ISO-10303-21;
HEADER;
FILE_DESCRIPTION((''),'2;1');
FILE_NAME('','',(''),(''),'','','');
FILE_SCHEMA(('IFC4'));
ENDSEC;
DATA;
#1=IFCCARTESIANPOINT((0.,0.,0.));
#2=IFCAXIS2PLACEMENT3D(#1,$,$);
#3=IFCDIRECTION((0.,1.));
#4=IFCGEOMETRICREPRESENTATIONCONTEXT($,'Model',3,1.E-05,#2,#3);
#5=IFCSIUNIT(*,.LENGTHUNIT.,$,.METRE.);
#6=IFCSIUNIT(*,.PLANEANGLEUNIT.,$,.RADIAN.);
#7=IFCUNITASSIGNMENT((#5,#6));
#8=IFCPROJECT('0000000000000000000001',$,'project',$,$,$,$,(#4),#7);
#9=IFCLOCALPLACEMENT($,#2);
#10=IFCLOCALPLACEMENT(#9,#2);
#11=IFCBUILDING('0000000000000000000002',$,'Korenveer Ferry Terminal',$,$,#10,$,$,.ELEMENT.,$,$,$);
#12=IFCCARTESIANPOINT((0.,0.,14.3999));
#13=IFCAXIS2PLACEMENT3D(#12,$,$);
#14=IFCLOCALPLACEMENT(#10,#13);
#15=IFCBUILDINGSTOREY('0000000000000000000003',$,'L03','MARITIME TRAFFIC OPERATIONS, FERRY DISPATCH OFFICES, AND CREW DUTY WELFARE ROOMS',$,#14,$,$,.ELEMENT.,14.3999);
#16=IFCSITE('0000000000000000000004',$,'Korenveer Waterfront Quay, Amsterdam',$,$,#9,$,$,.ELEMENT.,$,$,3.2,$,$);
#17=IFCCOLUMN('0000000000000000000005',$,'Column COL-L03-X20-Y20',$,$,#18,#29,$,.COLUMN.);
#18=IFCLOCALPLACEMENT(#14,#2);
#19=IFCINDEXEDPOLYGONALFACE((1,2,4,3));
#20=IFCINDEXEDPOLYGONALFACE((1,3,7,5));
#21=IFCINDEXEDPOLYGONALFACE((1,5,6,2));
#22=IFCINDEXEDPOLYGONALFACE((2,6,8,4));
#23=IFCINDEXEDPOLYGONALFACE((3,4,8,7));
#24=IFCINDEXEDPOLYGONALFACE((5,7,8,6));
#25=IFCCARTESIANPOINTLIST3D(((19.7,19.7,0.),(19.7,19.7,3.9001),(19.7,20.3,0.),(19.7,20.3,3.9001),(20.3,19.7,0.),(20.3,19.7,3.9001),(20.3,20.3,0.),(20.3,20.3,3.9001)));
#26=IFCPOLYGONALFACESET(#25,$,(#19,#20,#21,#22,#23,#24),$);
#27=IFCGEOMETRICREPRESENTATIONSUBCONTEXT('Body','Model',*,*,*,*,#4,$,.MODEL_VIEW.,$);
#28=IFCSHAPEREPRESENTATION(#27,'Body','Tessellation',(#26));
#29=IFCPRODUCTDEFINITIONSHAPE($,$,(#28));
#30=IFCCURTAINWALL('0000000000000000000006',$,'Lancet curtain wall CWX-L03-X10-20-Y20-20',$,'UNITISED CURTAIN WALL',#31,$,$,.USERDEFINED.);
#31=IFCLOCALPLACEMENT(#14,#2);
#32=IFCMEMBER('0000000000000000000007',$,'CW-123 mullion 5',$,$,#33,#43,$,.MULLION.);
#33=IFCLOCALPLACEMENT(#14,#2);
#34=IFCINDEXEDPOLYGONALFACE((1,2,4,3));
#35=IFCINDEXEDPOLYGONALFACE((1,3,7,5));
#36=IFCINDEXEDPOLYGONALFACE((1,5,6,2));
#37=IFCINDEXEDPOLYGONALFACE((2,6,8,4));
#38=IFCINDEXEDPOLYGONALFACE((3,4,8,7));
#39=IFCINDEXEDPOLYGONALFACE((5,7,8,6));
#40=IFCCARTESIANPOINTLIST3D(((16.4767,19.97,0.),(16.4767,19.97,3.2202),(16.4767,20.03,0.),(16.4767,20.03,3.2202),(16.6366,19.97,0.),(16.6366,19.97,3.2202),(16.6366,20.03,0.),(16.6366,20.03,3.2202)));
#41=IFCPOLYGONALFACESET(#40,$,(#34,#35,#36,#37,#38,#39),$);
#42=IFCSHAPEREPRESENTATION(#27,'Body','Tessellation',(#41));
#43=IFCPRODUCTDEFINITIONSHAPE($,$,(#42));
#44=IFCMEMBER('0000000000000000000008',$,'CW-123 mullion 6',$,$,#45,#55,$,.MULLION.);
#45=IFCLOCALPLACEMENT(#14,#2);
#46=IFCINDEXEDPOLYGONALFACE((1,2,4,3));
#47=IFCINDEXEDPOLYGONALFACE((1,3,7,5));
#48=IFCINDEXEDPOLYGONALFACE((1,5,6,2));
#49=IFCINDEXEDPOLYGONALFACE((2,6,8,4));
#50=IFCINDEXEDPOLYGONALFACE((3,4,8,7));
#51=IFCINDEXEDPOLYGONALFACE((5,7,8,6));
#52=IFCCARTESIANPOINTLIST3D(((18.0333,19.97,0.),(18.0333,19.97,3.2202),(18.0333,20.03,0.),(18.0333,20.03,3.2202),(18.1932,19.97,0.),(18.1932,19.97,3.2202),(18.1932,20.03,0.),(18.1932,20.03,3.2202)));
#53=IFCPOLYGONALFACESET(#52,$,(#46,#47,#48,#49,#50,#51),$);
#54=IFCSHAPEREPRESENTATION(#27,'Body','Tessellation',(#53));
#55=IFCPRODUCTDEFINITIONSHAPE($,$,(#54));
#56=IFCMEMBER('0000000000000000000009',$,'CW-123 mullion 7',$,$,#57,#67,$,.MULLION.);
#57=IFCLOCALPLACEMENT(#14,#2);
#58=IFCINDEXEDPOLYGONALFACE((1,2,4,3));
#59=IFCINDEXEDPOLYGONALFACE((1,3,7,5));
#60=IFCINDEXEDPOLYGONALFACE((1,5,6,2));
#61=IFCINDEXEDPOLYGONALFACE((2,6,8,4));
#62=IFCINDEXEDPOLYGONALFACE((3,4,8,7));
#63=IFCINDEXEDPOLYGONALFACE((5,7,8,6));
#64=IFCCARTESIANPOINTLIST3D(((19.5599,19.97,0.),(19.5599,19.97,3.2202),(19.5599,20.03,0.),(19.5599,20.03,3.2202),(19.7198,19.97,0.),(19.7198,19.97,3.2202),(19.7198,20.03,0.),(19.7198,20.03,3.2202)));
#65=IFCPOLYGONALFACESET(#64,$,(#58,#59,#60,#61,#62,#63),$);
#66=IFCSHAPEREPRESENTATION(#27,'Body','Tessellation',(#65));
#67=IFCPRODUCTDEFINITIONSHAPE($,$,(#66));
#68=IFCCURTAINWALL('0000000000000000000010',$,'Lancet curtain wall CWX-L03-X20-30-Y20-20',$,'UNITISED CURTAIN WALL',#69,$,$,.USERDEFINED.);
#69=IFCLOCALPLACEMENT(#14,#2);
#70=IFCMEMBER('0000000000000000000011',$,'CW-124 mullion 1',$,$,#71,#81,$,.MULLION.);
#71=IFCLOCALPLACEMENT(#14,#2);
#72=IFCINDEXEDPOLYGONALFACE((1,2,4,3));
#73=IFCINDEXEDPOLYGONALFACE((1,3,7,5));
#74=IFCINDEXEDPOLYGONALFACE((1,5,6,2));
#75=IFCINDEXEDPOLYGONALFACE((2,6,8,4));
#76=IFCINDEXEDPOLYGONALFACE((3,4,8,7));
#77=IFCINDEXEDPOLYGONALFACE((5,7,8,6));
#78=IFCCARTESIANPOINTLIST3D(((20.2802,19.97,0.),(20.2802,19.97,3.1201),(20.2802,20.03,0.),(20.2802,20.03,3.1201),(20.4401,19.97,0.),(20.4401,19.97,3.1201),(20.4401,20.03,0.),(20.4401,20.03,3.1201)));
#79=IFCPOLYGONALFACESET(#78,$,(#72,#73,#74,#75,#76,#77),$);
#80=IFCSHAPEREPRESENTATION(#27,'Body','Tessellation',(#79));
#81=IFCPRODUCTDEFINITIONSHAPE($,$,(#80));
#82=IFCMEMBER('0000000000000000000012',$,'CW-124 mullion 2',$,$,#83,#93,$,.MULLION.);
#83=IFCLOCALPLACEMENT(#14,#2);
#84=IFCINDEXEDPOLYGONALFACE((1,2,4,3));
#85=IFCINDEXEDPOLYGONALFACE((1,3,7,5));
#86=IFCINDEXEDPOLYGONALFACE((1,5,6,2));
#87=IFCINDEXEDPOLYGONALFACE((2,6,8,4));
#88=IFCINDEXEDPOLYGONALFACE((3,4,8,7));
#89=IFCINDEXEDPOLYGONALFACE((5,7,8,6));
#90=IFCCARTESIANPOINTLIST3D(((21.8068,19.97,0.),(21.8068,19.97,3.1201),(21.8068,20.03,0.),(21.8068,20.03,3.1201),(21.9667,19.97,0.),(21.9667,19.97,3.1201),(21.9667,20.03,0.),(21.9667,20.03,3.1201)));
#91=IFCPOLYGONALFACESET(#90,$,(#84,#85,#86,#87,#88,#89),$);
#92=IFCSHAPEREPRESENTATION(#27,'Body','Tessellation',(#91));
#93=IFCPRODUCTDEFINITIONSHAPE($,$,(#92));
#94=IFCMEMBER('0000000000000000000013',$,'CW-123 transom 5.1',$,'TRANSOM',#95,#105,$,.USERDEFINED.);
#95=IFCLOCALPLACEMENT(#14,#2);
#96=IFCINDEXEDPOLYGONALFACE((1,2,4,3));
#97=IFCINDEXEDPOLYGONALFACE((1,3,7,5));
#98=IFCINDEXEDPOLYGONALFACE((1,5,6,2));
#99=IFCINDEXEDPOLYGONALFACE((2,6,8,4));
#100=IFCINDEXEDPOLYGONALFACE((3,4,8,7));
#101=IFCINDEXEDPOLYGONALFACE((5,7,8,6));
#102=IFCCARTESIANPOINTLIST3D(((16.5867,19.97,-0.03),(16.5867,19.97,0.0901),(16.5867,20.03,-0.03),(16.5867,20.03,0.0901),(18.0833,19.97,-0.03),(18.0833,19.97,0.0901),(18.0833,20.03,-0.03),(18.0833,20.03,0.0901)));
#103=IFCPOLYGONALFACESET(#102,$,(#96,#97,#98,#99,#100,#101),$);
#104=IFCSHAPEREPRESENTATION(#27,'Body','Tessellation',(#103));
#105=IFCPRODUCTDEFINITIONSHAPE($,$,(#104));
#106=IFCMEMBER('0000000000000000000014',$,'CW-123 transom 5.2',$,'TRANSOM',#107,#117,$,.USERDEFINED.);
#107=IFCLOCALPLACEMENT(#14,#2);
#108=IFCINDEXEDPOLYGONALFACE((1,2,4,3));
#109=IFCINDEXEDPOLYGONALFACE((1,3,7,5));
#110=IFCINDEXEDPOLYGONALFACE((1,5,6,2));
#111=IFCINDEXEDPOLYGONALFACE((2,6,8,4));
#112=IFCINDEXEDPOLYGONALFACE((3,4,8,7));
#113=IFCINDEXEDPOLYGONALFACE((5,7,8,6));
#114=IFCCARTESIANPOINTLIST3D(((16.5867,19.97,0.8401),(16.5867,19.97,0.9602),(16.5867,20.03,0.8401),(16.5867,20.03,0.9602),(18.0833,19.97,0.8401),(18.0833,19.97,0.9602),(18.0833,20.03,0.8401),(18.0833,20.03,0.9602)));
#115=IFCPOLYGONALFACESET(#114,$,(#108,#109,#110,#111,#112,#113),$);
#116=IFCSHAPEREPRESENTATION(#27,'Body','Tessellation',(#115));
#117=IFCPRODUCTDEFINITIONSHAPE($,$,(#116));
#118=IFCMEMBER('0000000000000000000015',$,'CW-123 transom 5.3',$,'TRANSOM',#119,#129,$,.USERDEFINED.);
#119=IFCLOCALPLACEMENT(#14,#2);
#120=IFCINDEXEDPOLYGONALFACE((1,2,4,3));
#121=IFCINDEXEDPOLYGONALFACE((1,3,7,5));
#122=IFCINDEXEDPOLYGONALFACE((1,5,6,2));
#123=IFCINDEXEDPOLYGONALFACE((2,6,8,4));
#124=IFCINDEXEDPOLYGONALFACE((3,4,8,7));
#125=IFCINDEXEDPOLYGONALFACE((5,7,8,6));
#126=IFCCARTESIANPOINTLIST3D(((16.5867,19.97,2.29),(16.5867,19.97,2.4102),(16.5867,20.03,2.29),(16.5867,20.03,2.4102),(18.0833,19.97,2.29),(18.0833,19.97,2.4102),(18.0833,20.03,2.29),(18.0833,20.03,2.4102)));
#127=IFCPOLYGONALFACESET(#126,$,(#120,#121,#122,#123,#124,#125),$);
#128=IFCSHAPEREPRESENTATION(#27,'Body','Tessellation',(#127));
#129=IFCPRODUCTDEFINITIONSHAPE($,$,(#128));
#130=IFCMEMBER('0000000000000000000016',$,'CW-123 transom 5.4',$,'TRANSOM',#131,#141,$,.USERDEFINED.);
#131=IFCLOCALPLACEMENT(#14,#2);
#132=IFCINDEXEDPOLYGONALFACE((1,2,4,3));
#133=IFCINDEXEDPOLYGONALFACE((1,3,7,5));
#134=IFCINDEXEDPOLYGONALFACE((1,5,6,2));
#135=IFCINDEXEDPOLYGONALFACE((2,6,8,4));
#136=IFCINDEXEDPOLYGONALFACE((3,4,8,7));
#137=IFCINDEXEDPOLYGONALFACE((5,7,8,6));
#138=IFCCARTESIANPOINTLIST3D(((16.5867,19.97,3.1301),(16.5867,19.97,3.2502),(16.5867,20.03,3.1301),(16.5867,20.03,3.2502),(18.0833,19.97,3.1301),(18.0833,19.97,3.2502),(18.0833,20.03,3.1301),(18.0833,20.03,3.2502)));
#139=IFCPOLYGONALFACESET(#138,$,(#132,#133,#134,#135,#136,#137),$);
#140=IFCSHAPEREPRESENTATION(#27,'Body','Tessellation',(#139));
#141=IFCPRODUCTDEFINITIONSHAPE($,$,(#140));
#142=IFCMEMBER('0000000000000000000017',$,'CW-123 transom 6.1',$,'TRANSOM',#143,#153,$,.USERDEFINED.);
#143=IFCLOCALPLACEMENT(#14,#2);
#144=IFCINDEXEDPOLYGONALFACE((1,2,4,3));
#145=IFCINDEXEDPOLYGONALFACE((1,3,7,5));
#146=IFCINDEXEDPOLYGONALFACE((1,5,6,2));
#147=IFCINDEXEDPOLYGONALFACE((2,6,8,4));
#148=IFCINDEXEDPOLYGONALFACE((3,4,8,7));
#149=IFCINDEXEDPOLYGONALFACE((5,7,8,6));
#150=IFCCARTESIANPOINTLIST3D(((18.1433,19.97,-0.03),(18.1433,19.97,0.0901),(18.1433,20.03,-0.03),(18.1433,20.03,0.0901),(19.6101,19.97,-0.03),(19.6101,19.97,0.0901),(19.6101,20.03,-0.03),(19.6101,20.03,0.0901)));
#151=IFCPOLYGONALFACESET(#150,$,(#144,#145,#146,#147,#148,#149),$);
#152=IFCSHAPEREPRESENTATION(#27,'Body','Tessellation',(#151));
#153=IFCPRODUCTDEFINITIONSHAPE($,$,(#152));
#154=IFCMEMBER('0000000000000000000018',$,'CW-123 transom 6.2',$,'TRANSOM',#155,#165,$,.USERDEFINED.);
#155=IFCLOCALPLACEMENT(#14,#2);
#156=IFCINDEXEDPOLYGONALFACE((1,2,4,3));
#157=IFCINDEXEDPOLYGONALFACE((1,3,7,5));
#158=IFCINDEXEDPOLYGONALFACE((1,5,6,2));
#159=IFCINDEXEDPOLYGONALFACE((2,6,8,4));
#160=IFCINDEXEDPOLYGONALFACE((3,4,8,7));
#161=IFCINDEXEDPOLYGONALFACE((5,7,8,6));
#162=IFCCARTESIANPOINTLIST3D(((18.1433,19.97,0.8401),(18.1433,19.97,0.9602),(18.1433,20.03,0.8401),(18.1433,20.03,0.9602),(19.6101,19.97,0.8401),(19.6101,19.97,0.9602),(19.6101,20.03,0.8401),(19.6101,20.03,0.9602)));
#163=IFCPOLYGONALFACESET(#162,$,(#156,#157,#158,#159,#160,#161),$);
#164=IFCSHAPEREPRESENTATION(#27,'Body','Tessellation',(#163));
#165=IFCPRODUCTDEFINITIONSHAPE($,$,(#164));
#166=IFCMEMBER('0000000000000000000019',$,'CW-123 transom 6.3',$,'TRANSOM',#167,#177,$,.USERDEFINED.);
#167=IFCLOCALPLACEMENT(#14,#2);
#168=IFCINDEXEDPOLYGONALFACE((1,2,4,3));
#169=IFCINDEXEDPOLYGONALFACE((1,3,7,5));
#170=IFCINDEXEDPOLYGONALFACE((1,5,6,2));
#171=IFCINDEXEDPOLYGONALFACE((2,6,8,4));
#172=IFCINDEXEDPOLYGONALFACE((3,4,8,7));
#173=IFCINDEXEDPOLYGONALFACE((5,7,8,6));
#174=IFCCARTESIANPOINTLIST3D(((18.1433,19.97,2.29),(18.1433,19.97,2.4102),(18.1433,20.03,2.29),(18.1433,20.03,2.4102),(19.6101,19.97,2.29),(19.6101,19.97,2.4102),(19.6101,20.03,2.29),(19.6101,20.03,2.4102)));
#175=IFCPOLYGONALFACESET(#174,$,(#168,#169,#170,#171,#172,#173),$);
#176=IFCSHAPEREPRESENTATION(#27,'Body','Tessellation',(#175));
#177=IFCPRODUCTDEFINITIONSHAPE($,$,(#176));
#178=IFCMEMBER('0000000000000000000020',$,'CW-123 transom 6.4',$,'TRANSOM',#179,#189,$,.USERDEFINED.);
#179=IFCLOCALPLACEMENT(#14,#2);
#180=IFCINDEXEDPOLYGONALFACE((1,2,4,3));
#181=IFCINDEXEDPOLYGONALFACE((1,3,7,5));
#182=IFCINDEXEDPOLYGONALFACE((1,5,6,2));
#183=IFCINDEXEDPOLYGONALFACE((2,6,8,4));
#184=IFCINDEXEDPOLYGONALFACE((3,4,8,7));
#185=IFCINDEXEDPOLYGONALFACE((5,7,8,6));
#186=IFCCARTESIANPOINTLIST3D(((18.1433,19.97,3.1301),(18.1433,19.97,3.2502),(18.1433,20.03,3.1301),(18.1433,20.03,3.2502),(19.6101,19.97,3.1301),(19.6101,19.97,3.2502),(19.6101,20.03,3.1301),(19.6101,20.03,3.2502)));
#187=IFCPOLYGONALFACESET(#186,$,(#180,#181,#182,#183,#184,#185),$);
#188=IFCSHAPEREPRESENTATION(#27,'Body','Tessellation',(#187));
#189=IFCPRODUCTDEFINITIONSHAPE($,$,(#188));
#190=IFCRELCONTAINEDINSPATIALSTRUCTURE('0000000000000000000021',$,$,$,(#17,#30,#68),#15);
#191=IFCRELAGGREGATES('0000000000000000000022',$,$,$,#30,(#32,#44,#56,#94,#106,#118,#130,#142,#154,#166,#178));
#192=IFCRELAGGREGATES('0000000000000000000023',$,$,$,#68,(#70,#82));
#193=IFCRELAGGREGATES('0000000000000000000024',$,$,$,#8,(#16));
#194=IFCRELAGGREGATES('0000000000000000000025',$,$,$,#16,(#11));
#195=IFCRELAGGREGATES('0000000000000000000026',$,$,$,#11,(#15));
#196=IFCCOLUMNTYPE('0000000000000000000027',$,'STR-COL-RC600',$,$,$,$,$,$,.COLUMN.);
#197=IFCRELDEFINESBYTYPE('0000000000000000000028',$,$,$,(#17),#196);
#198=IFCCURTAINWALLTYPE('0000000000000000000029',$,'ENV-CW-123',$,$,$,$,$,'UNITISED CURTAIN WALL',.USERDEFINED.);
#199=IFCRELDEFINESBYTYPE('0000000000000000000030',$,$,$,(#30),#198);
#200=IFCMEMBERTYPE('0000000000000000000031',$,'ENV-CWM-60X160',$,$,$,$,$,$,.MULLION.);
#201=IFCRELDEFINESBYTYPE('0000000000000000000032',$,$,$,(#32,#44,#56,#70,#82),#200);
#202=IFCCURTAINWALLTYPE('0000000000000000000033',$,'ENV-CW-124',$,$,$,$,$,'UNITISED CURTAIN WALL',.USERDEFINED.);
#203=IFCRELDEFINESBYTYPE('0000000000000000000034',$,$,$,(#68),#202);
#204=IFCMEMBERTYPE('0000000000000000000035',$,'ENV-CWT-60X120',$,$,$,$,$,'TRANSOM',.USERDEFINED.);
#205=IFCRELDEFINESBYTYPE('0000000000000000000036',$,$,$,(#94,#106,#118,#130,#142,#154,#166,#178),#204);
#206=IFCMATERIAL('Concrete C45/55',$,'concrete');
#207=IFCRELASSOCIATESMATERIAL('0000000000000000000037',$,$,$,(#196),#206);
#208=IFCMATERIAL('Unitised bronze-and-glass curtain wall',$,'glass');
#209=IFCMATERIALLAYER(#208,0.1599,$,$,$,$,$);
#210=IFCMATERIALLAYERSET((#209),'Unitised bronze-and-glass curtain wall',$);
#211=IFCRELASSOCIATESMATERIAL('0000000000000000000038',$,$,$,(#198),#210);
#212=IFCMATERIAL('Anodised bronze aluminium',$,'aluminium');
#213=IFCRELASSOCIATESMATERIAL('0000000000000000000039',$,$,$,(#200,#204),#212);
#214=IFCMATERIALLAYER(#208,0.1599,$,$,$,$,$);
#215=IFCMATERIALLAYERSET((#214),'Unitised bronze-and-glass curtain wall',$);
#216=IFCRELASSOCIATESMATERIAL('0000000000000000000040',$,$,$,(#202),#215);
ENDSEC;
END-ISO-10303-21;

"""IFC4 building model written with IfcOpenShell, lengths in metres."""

from ifc_helpers import new_model, si_unit, direction, frame, origin, origin_2d, place, context, subcontext, project, spatial, rectangle, extrude, material, layer, layer_set, material_profile, profile_set, type_object, element, aggregate, save


model = new_model("IFC4")

# Units and contexts
model_context = context("Model", 3, precision=1e-05, world=origin(), true_north=direction((0.0, 1.0)))
body_context = subcontext(model_context, "Body", "Model", "MODEL_VIEW")
ifc_project = project(units=[si_unit("LENGTHUNIT", "METRE"), si_unit("PLANEANGLEUNIT", "RADIAN")], contexts=[model_context])

# Site, building, storey
site_placement = place(None, origin())
site = spatial("IfcSite", under=ifc_project, at=site_placement, Name="Korenveer Waterfront Quay, Amsterdam", CompositionType="ELEMENT", RefElevation=3.2)
building_placement = place(site_placement, origin())
building = spatial("IfcBuilding", under=site, at=building_placement, Name="Korenveer Ferry Terminal", CompositionType="ELEMENT")
storey_placement = place(building_placement, frame((0.0, 0.0, 14.3999)))
storey = spatial("IfcBuildingStorey", under=building, at=storey_placement, Name="L03", Description="MARITIME TRAFFIC OPERATIONS, FERRY DISPATCH OFFICES, AND CREW DUTY WELFARE ROOMS", CompositionType="ELEMENT", Elevation=14.3999)

# Column
ifc_material_1 = material(Name="Concrete C45/55", Category="concrete")
ifc_material_profile_1 = material_profile(ifc_material_1, rectangle(XDim=0.6001, YDim=0.6001, at=origin_2d()), Name="RC 600x600")
ifc_profile_set_1 = profile_set([ifc_material_profile_1], Name="Concrete C45/55")
column_type = type_object("IfcColumnType", Name="STR-COL-RC600", PredefinedType="COLUMN", material=ifc_profile_set_1)
column_placement = place(storey_placement, frame((20.0, 20.0, 0.0), z_axis=(0.0, 0.0, 1.0), x_axis=(1.0, 0.0, 0.0)))
element("IfcColumn", 1, at=column_placement, inside=storey, type_object=column_type, Name="Column COL-L03-X20-Y20", PredefinedType="COLUMN", context=body_context, shape_type="SweptSolid", body=[
    extrude(rectangle(XDim=0.6001, YDim=0.6001, at=origin_2d()), origin(), (0.0, 0.0, 1.0), 3.9001),
])

# Curtain walls, members
ifc_material_2 = material(Name="Unitised bronze-and-glass curtain wall", Category="glass")
ifc_layer_1 = layer(ifc_material_2, 0.1599)
ifc_layer_set_1 = layer_set([ifc_layer_1], Name="Unitised bronze-and-glass curtain wall")
curtain_wall_type_1 = type_object("IfcCurtainWallType", Name="ENV-CW-123", ElementType="UNITISED CURTAIN WALL", PredefinedType="USERDEFINED", material=ifc_layer_set_1)
curtain_wall_1_placement = place(storey_placement, frame((10.3301, 20.0, 0.0)))
curtain_wall_1 = element("IfcCurtainWall", 2, at=curtain_wall_1_placement, inside=storey, type_object=curtain_wall_type_1, Name="Lancet curtain wall CWX-L03-X10-20-Y20-20", ObjectType="UNITISED CURTAIN WALL", PredefinedType="USERDEFINED")
ifc_material_3 = material(Name="Anodised bronze aluminium", Category="aluminium")
ifc_material_profile_2 = material_profile(ifc_material_3, rectangle(XDim=0.0601, YDim=0.1599, at=origin_2d()), Name="ALU 60x160")
ifc_profile_set_2 = profile_set([ifc_material_profile_2], Name="Anodised bronze aluminium")
member_type_1 = type_object("IfcMemberType", Name="ENV-CWM-60X160", PredefinedType="MULLION", material=ifc_profile_set_2)
member_1_placement = place(storey_placement, frame((16.5566, 20.0, 0.0), z_axis=(0.0, 0.0, 1.0), x_axis=(0.0, 1.0, 0.0)))
member_1 = element("IfcMember", 3, at=member_1_placement, type_object=member_type_1, Name="CW-123 mullion 5", PredefinedType="MULLION", context=body_context, shape_type="SweptSolid", body=[
    extrude(rectangle(XDim=0.0601, YDim=0.1599, at=origin_2d()), origin(), (0.0, 0.0, 1.0), 3.2202),
])
member_2_placement = place(storey_placement, frame((18.1133, 20.0, 0.0), z_axis=(0.0, 0.0, 1.0), x_axis=(0.0, 1.0, 0.0)))
member_2 = element("IfcMember", 4, at=member_2_placement, type_object=member_type_1, Name="CW-123 mullion 6", PredefinedType="MULLION", context=body_context, shape_type="SweptSolid", body=[
    extrude(rectangle(XDim=0.0601, YDim=0.1599, at=origin_2d()), origin(), (0.0, 0.0, 1.0), 3.2202),
])
member_3_placement = place(storey_placement, frame((19.6399, 20.0, 0.0), z_axis=(0.0, 0.0, 1.0), x_axis=(0.0, 1.0, 0.0)))
member_3 = element("IfcMember", 5, at=member_3_placement, type_object=member_type_1, Name="CW-123 mullion 7", PredefinedType="MULLION", context=body_context, shape_type="SweptSolid", body=[
    extrude(rectangle(XDim=0.0601, YDim=0.1599, at=origin_2d()), origin(), (0.0, 0.0, 1.0), 3.2202),
])
ifc_layer_2 = layer(ifc_material_2, 0.1599)
ifc_layer_set_2 = layer_set([ifc_layer_2], Name="Unitised bronze-and-glass curtain wall")
curtain_wall_type_2 = type_object("IfcCurtainWallType", Name="ENV-CW-124", ElementType="UNITISED CURTAIN WALL", PredefinedType="USERDEFINED", material=ifc_layer_set_2)
curtain_wall_2_placement = place(storey_placement, frame((20.3301, 20.0, 0.0)))
curtain_wall_2 = element("IfcCurtainWall", 6, at=curtain_wall_2_placement, inside=storey, type_object=curtain_wall_type_2, Name="Lancet curtain wall CWX-L03-X20-30-Y20-20", ObjectType="UNITISED CURTAIN WALL", PredefinedType="USERDEFINED")
member_4_placement = place(storey_placement, frame((20.3601, 20.0, 0.0), z_axis=(0.0, 0.0, 1.0), x_axis=(0.0, 1.0, 0.0)))
member_4 = element("IfcMember", 7, at=member_4_placement, type_object=member_type_1, Name="CW-124 mullion 1", PredefinedType="MULLION", context=body_context, shape_type="SweptSolid", body=[
    extrude(rectangle(XDim=0.0601, YDim=0.1599, at=origin_2d()), origin(), (0.0, 0.0, 1.0), 3.1201),
])
member_5_placement = place(storey_placement, frame((21.8867, 20.0, 0.0), z_axis=(0.0, 0.0, 1.0), x_axis=(0.0, 1.0, 0.0)))
member_5 = element("IfcMember", 8, at=member_5_placement, type_object=member_type_1, Name="CW-124 mullion 2", PredefinedType="MULLION", context=body_context, shape_type="SweptSolid", body=[
    extrude(rectangle(XDim=0.0601, YDim=0.1599, at=origin_2d()), origin(), (0.0, 0.0, 1.0), 3.1201),
])

# Members
ifc_material_profile_3 = material_profile(ifc_material_3, rectangle(XDim=0.0601, YDim=0.1201, at=origin_2d()), Name="ALU 60x120")
ifc_profile_set_3 = profile_set([ifc_material_profile_3], Name="Anodised bronze aluminium")
member_type_2 = type_object("IfcMemberType", Name="ENV-CWT-60X120", ElementType="TRANSOM", PredefinedType="USERDEFINED", material=ifc_profile_set_3)
member_6_placement = place(storey_placement, frame((16.5867, 20.0, 0.03), z_axis=(1.0, 0.0, 0.0), x_axis=(0.0, 1.0, 0.0)))
member_6 = element("IfcMember", 9, at=member_6_placement, type_object=member_type_2, Name="CW-123 transom 5.1", ObjectType="TRANSOM", PredefinedType="USERDEFINED", context=body_context, shape_type="SweptSolid", body=[
    extrude(rectangle(XDim=0.0601, YDim=0.1201, at=origin_2d()), origin(), (0.0, 0.0, 1.0), 1.4966),
])
member_7_placement = place(storey_placement, frame((16.5867, 20.0, 0.9001), z_axis=(1.0, 0.0, 0.0), x_axis=(0.0, 1.0, 0.0)))
member_7 = element("IfcMember", 10, at=member_7_placement, type_object=member_type_2, Name="CW-123 transom 5.2", ObjectType="TRANSOM", PredefinedType="USERDEFINED", context=body_context, shape_type="SweptSolid", body=[
    extrude(rectangle(XDim=0.0601, YDim=0.1201, at=origin_2d()), origin(), (0.0, 0.0, 1.0), 1.4966),
])
member_8_placement = place(storey_placement, frame((16.5867, 20.0, 2.3501), z_axis=(1.0, 0.0, 0.0), x_axis=(0.0, 1.0, 0.0)))
member_8 = element("IfcMember", 11, at=member_8_placement, type_object=member_type_2, Name="CW-123 transom 5.3", ObjectType="TRANSOM", PredefinedType="USERDEFINED", context=body_context, shape_type="SweptSolid", body=[
    extrude(rectangle(XDim=0.0601, YDim=0.1201, at=origin_2d()), origin(), (0.0, 0.0, 1.0), 1.4966),
])
member_9_placement = place(storey_placement, frame((16.5867, 20.0, 3.1902), z_axis=(1.0, 0.0, 0.0), x_axis=(0.0, 1.0, 0.0)))
member_9 = element("IfcMember", 12, at=member_9_placement, type_object=member_type_2, Name="CW-123 transom 5.4", ObjectType="TRANSOM", PredefinedType="USERDEFINED", context=body_context, shape_type="SweptSolid", body=[
    extrude(rectangle(XDim=0.0601, YDim=0.1201, at=origin_2d()), origin(), (0.0, 0.0, 1.0), 1.4966),
])
member_10_placement = place(storey_placement, frame((18.1433, 20.0, 0.03), z_axis=(1.0, 0.0, 0.0), x_axis=(0.0, 1.0, 0.0)))
member_10 = element("IfcMember", 13, at=member_10_placement, type_object=member_type_2, Name="CW-123 transom 6.1", ObjectType="TRANSOM", PredefinedType="USERDEFINED", context=body_context, shape_type="SweptSolid", body=[
    extrude(rectangle(XDim=0.0601, YDim=0.1201, at=origin_2d()), origin(), (0.0, 0.0, 1.0), 1.4668),
])
member_11_placement = place(storey_placement, frame((18.1433, 20.0, 0.9001), z_axis=(1.0, 0.0, 0.0), x_axis=(0.0, 1.0, 0.0)))
member_11 = element("IfcMember", 14, at=member_11_placement, type_object=member_type_2, Name="CW-123 transom 6.2", ObjectType="TRANSOM", PredefinedType="USERDEFINED", context=body_context, shape_type="SweptSolid", body=[
    extrude(rectangle(XDim=0.0601, YDim=0.1201, at=origin_2d()), origin(), (0.0, 0.0, 1.0), 1.4668),
])
member_12_placement = place(storey_placement, frame((18.1433, 20.0, 2.3501), z_axis=(1.0, 0.0, 0.0), x_axis=(0.0, 1.0, 0.0)))
member_12 = element("IfcMember", 15, at=member_12_placement, type_object=member_type_2, Name="CW-123 transom 6.3", ObjectType="TRANSOM", PredefinedType="USERDEFINED", context=body_context, shape_type="SweptSolid", body=[
    extrude(rectangle(XDim=0.0601, YDim=0.1201, at=origin_2d()), origin(), (0.0, 0.0, 1.0), 1.4668),
])
member_13_placement = place(storey_placement, frame((18.1433, 20.0, 3.1902), z_axis=(1.0, 0.0, 0.0), x_axis=(0.0, 1.0, 0.0)))
member_13 = element("IfcMember", 16, at=member_13_placement, type_object=member_type_2, Name="CW-123 transom 6.4", ObjectType="TRANSOM", PredefinedType="USERDEFINED", context=body_context, shape_type="SweptSolid", body=[
    extrude(rectangle(XDim=0.0601, YDim=0.1201, at=origin_2d()), origin(), (0.0, 0.0, 1.0), 1.4668),
])

aggregate(curtain_wall_1, [member_1, member_2, member_3, member_6, member_7, member_8, member_9, member_10, member_11, member_12, member_13])
aggregate(curtain_wall_2, [member_4, member_5])

save(model, "model.ifc")
